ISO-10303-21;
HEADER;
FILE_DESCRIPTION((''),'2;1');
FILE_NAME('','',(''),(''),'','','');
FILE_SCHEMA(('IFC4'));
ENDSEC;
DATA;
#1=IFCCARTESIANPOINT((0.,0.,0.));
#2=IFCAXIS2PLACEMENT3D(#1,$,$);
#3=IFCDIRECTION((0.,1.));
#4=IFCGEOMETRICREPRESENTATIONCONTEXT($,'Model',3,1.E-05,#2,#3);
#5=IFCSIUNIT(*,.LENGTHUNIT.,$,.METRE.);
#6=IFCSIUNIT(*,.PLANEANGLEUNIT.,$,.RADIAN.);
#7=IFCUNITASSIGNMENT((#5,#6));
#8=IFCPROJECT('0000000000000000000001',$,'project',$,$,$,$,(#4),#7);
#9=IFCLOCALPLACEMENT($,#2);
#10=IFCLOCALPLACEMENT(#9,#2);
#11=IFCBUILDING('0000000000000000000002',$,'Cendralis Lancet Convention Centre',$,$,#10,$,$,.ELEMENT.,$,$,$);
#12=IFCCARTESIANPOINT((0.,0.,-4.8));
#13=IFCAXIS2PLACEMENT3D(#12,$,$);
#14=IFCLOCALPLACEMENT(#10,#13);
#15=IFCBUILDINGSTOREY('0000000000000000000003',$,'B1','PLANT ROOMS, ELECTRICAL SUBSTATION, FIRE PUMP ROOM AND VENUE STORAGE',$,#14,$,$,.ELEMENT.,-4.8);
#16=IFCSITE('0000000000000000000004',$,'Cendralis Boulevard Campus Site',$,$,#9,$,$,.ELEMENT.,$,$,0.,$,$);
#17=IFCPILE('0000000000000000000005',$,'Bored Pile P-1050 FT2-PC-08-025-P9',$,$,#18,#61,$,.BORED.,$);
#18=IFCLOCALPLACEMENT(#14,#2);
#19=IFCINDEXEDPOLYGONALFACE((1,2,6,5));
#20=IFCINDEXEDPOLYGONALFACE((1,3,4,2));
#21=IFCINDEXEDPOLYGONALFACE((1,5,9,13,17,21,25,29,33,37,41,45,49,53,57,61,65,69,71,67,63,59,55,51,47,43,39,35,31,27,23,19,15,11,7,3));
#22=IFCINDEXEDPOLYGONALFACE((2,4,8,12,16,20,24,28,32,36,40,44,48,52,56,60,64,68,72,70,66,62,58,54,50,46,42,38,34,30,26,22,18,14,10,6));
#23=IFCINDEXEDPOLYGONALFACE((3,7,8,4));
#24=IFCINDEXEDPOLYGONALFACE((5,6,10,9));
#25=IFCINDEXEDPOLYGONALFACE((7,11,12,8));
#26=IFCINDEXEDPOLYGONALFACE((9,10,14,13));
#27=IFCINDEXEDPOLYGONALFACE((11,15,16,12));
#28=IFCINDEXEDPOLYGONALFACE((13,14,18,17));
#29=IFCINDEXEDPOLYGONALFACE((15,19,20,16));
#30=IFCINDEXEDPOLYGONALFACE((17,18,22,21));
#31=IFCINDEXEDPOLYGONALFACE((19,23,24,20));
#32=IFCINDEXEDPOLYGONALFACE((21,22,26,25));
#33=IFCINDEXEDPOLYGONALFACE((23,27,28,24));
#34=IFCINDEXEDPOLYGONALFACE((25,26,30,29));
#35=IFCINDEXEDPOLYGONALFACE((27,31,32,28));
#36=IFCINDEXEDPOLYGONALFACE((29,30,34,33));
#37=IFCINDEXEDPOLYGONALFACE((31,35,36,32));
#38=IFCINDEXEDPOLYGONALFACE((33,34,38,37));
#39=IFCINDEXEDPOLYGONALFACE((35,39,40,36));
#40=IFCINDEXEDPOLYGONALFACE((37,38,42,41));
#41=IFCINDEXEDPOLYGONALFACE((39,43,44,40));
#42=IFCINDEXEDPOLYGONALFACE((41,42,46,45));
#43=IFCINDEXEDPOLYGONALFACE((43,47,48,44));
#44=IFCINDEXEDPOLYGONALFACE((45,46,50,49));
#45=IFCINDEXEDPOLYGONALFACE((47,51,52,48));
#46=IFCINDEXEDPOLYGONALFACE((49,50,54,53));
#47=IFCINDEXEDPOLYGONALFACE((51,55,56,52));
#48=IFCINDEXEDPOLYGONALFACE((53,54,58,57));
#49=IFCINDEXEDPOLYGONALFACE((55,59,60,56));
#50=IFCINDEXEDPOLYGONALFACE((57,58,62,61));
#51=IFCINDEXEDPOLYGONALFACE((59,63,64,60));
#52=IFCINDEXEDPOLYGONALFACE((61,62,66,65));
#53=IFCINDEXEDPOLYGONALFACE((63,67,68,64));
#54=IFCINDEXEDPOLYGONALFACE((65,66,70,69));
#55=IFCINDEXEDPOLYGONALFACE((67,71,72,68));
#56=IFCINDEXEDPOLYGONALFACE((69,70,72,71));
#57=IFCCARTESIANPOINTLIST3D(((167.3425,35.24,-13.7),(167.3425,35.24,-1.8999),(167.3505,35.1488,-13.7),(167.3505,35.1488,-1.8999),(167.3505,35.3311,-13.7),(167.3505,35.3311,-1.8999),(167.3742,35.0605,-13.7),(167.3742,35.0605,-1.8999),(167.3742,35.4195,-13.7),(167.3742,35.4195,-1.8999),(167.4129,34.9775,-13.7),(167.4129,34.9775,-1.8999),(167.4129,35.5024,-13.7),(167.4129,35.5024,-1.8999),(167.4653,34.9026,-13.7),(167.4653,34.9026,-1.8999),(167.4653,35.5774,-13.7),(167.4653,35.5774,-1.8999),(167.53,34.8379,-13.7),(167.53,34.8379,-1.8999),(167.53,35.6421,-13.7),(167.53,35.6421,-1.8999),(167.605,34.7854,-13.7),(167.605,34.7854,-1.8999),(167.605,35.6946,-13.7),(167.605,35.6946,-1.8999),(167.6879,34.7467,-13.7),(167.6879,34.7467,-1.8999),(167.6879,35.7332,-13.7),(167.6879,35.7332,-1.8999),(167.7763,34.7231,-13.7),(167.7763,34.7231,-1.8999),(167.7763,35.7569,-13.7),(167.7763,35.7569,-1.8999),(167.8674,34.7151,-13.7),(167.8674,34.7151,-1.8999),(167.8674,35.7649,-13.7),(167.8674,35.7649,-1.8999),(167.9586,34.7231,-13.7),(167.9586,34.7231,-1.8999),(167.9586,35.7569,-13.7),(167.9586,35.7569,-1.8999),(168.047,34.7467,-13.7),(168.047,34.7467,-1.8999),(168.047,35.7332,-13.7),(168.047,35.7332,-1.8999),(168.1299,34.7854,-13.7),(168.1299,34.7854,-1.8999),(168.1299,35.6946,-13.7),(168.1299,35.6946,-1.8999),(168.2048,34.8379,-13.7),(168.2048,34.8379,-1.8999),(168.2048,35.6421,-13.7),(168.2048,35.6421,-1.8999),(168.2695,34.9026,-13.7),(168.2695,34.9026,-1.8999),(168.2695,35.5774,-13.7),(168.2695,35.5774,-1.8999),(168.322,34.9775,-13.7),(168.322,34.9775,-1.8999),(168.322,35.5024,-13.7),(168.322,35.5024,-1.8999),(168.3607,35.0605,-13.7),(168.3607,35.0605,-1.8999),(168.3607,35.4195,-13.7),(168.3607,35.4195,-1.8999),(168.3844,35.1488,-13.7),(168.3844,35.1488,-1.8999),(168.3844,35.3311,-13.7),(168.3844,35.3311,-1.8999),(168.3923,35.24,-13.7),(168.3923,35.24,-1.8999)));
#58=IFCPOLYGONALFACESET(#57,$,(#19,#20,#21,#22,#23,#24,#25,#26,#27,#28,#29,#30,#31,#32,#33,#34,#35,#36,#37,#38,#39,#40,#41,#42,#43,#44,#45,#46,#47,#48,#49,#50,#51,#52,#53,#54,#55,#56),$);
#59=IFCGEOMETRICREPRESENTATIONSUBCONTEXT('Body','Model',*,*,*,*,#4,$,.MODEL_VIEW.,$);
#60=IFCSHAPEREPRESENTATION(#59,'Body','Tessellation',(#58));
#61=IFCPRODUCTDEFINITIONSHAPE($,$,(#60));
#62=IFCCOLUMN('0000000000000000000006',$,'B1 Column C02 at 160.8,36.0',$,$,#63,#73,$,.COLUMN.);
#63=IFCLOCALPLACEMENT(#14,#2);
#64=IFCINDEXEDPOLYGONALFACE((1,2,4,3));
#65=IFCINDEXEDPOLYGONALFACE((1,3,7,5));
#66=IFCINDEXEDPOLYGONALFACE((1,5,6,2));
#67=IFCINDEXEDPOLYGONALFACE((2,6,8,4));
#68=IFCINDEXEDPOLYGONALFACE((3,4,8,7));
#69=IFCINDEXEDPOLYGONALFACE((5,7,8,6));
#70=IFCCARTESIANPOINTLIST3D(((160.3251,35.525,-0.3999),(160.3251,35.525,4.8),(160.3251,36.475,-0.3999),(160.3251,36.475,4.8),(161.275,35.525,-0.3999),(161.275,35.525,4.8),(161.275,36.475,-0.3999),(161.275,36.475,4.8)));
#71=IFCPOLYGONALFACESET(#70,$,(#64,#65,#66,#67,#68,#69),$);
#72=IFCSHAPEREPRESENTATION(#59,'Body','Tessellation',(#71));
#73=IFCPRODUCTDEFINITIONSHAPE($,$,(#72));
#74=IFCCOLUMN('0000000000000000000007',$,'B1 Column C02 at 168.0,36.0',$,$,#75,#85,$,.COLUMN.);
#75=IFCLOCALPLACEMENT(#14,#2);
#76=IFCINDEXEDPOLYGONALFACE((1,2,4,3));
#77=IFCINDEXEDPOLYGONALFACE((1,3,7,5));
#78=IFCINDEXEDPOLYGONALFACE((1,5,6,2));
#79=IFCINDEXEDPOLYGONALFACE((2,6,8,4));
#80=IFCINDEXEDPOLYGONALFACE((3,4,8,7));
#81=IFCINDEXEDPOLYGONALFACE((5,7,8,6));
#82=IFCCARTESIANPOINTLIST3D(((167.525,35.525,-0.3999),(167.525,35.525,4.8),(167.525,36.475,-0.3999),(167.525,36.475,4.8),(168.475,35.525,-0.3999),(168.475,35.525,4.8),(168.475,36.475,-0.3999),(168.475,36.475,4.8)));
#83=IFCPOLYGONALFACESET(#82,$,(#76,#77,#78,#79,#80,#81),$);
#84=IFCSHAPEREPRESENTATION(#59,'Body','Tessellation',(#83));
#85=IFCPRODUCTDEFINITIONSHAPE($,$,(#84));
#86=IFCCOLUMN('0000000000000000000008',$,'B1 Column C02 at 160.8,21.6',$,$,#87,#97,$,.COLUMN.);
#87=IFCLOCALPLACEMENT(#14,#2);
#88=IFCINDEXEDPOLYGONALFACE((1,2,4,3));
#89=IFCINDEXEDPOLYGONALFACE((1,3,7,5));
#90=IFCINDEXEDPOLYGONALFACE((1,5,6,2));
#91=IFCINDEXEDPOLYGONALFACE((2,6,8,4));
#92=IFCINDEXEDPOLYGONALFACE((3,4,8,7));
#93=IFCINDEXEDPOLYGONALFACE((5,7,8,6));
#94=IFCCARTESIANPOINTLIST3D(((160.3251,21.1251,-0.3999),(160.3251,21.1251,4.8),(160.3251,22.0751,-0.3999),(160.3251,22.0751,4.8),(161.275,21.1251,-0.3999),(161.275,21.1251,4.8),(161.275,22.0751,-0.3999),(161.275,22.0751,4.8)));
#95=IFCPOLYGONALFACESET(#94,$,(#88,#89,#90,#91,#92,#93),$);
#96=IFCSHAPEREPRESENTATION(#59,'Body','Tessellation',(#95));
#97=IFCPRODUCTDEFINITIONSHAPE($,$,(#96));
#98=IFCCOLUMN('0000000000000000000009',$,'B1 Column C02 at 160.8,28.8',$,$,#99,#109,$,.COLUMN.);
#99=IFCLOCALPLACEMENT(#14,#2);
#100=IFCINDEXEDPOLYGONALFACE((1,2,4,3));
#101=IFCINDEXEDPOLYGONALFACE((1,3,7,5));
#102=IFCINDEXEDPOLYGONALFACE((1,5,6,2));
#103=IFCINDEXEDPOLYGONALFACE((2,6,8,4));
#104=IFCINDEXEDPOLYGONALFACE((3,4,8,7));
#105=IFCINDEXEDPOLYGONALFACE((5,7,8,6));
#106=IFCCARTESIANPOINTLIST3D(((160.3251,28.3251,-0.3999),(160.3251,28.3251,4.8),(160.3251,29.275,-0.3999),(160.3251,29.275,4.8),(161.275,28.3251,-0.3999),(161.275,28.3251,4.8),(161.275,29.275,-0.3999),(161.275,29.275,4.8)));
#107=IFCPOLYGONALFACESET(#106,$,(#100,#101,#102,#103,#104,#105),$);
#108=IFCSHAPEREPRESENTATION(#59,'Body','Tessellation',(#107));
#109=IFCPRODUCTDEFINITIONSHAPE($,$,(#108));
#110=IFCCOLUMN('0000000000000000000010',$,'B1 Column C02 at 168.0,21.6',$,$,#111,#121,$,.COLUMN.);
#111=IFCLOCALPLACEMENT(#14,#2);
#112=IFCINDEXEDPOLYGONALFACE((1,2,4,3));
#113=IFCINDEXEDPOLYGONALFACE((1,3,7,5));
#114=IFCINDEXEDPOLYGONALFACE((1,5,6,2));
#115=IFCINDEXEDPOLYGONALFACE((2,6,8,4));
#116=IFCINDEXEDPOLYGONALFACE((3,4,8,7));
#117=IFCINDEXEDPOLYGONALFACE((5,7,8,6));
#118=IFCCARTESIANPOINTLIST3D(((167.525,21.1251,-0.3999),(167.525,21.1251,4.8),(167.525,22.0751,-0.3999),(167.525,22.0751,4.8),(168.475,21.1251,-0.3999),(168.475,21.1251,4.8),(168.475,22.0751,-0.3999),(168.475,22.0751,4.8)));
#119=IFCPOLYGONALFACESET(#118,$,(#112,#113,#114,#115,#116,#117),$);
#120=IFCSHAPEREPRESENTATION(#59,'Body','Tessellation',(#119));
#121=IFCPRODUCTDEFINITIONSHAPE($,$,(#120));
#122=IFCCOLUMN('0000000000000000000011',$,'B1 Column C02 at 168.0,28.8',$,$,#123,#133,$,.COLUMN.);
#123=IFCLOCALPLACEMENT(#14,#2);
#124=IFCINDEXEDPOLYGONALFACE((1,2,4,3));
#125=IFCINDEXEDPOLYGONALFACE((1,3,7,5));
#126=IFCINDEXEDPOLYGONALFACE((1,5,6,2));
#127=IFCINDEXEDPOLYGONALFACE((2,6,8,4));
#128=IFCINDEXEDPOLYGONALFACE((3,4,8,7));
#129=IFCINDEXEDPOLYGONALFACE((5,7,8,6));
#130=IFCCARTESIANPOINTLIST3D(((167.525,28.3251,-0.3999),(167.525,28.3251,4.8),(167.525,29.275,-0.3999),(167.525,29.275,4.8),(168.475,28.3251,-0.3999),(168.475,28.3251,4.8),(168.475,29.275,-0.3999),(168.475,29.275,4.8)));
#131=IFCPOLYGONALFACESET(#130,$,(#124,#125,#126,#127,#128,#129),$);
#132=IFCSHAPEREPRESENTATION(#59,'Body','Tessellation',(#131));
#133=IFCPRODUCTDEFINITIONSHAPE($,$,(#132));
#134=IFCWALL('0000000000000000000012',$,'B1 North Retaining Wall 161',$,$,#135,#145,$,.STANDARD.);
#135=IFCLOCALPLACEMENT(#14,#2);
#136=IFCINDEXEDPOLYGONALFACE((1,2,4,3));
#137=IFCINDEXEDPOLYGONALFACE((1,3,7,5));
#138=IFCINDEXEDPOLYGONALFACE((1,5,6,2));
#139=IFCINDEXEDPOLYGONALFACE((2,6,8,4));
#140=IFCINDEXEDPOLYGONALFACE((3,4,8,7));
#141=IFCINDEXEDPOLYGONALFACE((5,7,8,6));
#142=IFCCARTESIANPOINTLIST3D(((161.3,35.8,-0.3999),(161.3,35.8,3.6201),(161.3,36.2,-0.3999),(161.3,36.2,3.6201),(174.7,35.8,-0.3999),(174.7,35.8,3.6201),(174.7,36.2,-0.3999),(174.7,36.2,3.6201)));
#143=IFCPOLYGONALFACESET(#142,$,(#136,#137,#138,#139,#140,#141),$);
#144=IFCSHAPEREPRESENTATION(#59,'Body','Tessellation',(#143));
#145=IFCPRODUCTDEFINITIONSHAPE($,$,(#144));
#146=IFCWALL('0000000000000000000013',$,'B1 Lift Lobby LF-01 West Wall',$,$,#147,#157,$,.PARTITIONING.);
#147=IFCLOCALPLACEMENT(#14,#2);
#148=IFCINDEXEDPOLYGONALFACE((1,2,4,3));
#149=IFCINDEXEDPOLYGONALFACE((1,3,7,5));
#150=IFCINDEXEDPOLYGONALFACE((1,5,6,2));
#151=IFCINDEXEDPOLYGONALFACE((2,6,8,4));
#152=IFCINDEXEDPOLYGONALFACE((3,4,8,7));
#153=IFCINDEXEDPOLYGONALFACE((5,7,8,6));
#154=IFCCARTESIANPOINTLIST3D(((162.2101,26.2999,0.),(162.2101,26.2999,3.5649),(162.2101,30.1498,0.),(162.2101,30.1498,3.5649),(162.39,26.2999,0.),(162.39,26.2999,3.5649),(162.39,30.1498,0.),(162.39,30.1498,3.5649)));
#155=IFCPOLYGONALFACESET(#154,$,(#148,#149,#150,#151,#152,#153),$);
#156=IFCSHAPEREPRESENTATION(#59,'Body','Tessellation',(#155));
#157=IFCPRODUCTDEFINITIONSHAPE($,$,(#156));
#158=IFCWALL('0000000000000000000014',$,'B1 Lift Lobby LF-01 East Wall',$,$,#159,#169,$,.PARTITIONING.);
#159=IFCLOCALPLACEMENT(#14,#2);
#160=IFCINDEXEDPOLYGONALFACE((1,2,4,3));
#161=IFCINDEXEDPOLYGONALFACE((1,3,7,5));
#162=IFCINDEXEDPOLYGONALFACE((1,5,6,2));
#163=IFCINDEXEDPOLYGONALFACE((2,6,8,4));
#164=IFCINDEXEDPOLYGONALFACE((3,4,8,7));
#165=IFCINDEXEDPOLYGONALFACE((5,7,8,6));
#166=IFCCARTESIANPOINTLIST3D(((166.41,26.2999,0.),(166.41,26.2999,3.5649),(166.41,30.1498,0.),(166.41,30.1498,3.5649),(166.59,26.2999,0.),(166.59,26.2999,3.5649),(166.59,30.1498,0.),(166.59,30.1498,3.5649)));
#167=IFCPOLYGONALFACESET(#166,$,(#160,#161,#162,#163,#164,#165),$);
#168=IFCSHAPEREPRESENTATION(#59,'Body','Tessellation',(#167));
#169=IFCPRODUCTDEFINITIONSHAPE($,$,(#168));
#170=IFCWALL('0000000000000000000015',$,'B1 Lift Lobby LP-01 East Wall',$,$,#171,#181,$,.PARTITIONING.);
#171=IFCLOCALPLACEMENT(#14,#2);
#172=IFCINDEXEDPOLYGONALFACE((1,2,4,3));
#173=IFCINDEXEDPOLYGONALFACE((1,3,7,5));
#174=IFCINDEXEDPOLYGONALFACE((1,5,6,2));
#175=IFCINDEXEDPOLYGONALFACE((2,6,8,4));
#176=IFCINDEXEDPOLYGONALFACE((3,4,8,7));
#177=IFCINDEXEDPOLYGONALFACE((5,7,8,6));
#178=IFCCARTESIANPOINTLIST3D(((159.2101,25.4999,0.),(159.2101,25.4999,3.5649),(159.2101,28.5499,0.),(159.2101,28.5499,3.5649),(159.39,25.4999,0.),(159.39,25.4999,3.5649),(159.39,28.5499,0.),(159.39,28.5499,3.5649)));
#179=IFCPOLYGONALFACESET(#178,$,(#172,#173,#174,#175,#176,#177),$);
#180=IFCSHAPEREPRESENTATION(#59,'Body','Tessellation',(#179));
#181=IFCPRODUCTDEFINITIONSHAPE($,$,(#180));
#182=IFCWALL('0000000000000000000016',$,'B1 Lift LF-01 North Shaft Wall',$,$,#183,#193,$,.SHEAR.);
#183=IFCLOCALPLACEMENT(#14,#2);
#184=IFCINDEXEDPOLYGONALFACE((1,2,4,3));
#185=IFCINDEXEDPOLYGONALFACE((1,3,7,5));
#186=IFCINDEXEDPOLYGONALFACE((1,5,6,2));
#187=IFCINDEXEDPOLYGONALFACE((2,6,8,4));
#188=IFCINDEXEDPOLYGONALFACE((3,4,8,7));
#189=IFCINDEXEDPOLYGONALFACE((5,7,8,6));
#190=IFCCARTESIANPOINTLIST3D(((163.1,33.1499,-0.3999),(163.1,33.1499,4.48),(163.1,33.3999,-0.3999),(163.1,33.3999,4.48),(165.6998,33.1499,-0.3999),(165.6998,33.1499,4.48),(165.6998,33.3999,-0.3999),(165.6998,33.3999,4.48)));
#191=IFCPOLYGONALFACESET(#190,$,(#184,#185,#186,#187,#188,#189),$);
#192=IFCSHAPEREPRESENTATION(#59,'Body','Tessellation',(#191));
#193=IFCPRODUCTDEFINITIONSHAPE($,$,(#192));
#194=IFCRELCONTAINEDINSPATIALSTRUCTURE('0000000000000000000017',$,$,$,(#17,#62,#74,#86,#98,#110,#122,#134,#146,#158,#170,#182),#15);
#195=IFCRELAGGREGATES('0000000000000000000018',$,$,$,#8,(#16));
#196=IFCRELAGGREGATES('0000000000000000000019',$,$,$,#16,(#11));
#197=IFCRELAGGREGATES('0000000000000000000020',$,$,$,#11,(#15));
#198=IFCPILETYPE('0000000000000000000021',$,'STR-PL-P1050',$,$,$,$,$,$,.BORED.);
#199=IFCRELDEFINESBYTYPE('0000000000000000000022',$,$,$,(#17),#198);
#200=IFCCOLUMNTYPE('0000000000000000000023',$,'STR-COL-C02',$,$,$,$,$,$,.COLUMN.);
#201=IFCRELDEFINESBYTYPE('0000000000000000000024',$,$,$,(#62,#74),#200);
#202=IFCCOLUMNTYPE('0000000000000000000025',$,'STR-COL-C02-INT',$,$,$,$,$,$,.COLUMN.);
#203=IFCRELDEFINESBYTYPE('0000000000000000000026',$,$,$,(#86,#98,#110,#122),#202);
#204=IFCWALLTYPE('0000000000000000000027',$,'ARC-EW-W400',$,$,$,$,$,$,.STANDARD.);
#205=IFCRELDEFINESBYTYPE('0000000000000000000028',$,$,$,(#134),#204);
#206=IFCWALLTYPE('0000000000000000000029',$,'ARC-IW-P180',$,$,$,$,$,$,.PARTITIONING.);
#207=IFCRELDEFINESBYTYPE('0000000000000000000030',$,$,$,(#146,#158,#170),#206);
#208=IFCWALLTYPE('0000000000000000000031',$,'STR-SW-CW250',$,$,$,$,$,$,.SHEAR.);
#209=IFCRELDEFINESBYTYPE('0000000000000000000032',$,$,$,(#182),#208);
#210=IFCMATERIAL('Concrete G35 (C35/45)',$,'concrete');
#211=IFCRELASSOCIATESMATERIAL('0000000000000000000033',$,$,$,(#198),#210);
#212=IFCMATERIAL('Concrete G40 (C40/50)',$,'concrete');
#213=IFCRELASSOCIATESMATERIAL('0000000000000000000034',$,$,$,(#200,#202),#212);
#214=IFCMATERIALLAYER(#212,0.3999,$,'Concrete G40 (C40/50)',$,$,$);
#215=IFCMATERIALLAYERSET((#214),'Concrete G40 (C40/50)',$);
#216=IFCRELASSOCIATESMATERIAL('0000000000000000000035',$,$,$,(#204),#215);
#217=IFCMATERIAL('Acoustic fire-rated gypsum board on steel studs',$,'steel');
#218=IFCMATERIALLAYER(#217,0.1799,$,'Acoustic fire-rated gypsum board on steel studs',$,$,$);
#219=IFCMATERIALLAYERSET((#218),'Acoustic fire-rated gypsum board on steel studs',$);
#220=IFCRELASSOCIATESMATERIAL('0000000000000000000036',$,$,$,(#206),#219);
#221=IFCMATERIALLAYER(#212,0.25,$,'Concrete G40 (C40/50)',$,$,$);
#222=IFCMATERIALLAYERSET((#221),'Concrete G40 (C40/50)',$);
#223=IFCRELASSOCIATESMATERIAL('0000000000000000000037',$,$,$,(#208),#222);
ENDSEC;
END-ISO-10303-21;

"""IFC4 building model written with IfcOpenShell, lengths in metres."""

from ifc_helpers import new_model, si_unit, direction, frame, frame_2d, origin, origin_2d, place, context, subcontext, project, spatial, rectangle, circle, extrude, material, layer, layer_set, material_profile, profile_set, type_object, element, save


model = new_model("IFC4")

# Units and contexts
model_context = context("Model", 3, precision=1e-05, world=origin(), true_north=direction((0.0, 1.0)))
body_context = subcontext(model_context, "Body", "Model", "MODEL_VIEW")
ifc_project = project(units=[si_unit("LENGTHUNIT", "METRE"), si_unit("PLANEANGLEUNIT", "RADIAN")], contexts=[model_context])

# Site, building, storey
site_placement = place(None, origin())
site = spatial("IfcSite", under=ifc_project, at=site_placement, Name="Cendralis Boulevard Campus Site", CompositionType="ELEMENT", RefElevation=0.0)
building_placement = place(site_placement, origin())
building = spatial("IfcBuilding", under=site, at=building_placement, Name="Cendralis Lancet Convention Centre", CompositionType="ELEMENT")
storey_placement = place(building_placement, frame((0.0, 0.0, -4.8)))
storey = spatial("IfcBuildingStorey", under=building, at=storey_placement, Name="B1", Description="PLANT ROOMS, ELECTRICAL SUBSTATION, FIRE PUMP ROOM AND VENUE STORAGE", CompositionType="ELEMENT", Elevation=-4.8)

# Pile
ifc_material_1 = material(Name="Concrete G35 (C35/45)", Category="concrete")
ifc_material_profile_1 = material_profile(ifc_material_1, circle(Radius=0.5249, at=origin_2d()), Name="BORED PILE D1050")
ifc_profile_set_1 = profile_set([ifc_material_profile_1], Name="Concrete G35 (C35/45)")
pile_type = type_object("IfcPileType", Name="STR-PL-P1050", PredefinedType="BORED", material=ifc_profile_set_1)
for number, where, z_axis, x_axis, name in (
    (1, (167.8674, 35.24, -1.8999), (0.0, 0.0, -1.0), (1.0, 0.0, 0.0), "Bored Pile P-1050 FT2-PC-08-025-P9"),
):
    element("IfcPile", number, at=place(storey_placement, frame(where, z_axis=z_axis, x_axis=x_axis)), inside=storey, type_object=pile_type, Name=name, PredefinedType="BORED", context=body_context, shape_type="SweptSolid", body=[
        extrude(circle(Radius=0.5249, at=origin_2d()), origin(), (0.0, 0.0, 1.0), 11.8),
    ])

# Columns
ifc_material_2 = material(Name="Concrete G40 (C40/50)", Category="concrete")
ifc_material_profile_2 = material_profile(ifc_material_2, rectangle(XDim=0.95, YDim=0.95, at=origin_2d()), Name="RC 950x950")
ifc_profile_set_2 = profile_set([ifc_material_profile_2], Name="Concrete G40 (C40/50)")
column_type_1 = type_object("IfcColumnType", Name="STR-COL-C02", PredefinedType="COLUMN", material=ifc_profile_set_2)
for number, where, z_axis, x_axis, name in (
    (2, (160.8, 36.0, -0.3999), (0.0, 0.0, 1.0), (1.0, 0.0, 0.0), "B1 Column C02 at 160.8,36.0"),
    (3, (168.0, 36.0, -0.3999), (0.0, 0.0, 1.0), (1.0, 0.0, 0.0), "B1 Column C02 at 168.0,36.0"),
):
    element("IfcColumn", number, at=place(storey_placement, frame(where, z_axis=z_axis, x_axis=x_axis)), inside=storey, type_object=column_type_1, Name=name, PredefinedType="COLUMN", context=body_context, shape_type="SweptSolid", body=[
        extrude(rectangle(XDim=0.95, YDim=0.95, at=origin_2d()), origin(), (0.0, 0.0, 1.0), 5.2),
    ])
ifc_material_profile_3 = material_profile(ifc_material_2, rectangle(XDim=0.95, YDim=0.95, at=origin_2d()), Name="RC 950x950")
ifc_profile_set_3 = profile_set([ifc_material_profile_3], Name="Concrete G40 (C40/50)")
column_type_2 = type_object("IfcColumnType", Name="STR-COL-C02-INT", PredefinedType="COLUMN", material=ifc_profile_set_3)
for number, where, z_axis, x_axis, name in (
    (4, (160.8, 21.6001, -0.3999), (0.0, 0.0, 1.0), (1.0, 0.0, 0.0), "B1 Column C02 at 160.8,21.6"),
    (5, (160.8, 28.8, -0.3999), (0.0, 0.0, 1.0), (1.0, 0.0, 0.0), "B1 Column C02 at 160.8,28.8"),
    (6, (168.0, 21.6001, -0.3999), (0.0, 0.0, 1.0), (1.0, 0.0, 0.0), "B1 Column C02 at 168.0,21.6"),
    (7, (168.0, 28.8, -0.3999), (0.0, 0.0, 1.0), (1.0, 0.0, 0.0), "B1 Column C02 at 168.0,28.8"),
):
    element("IfcColumn", number, at=place(storey_placement, frame(where, z_axis=z_axis, x_axis=x_axis)), inside=storey, type_object=column_type_2, Name=name, PredefinedType="COLUMN", context=body_context, shape_type="SweptSolid", body=[
        extrude(rectangle(XDim=0.95, YDim=0.95, at=origin_2d()), origin(), (0.0, 0.0, 1.0), 5.2),
    ])

# Wall
ifc_layer_1 = layer(ifc_material_2, 0.3999, Name="Concrete G40 (C40/50)")
ifc_layer_set_1 = layer_set([ifc_layer_1], Name="Concrete G40 (C40/50)")
wall_type_1 = type_object("IfcWallType", Name="ARC-EW-W400", PredefinedType="STANDARD", material=ifc_layer_set_1)
wall_1_placement = place(storey_placement, frame((161.3, 36.0, -0.3999), z_axis=(0.0, 0.0, 1.0), x_axis=(1.0, 0.0, 0.0)))
element("IfcWall", 8, at=wall_1_placement, inside=storey, type_object=wall_type_1, Name="B1 North Retaining Wall 161", PredefinedType="STANDARD", context=body_context, shape_type="SweptSolid", body=[
    extrude(rectangle(XDim=13.3999, YDim=0.3999, at=frame_2d((6.7, 0.0))), origin(), (0.0, 0.0, 1.0), 4.02),
])

# Shared definitions
ifc_material_3 = material(Name="Acoustic fire-rated gypsum board on steel studs", Category="steel")
ifc_layer_2 = layer(ifc_material_3, 0.1799, Name="Acoustic fire-rated gypsum board on steel studs")
ifc_layer_set_2 = layer_set([ifc_layer_2], Name="Acoustic fire-rated gypsum board on steel studs")
wall_type_2 = type_object("IfcWallType", Name="ARC-IW-P180", PredefinedType="PARTITIONING", material=ifc_layer_set_2)

# Walls
for number, where, z_axis, x_axis, name in (
    (9, (162.3, 26.3, 0.0), (0.0, 0.0, 1.0), (0.0, 1.0, 0.0), "B1 Lift Lobby LF-01 West Wall"),
    (10, (166.5, 26.3, 0.0), (0.0, 0.0, 1.0), (0.0, 1.0, 0.0), "B1 Lift Lobby LF-01 East Wall"),
):
    element("IfcWall", number, at=place(storey_placement, frame(where, z_axis=z_axis, x_axis=x_axis)), inside=storey, type_object=wall_type_2, Name=name, PredefinedType="PARTITIONING", context=body_context, shape_type="SweptSolid", body=[
        extrude(rectangle(XDim=3.8499, YDim=0.1799, at=frame_2d((1.9248, 0.0))), origin(), (0.0, 0.0, 1.0), 3.5649),
    ])
wall_2_placement = place(storey_placement, frame((159.3, 25.5, 0.0), z_axis=(0.0, 0.0, 1.0), x_axis=(0.0, 1.0, 0.0)))
element("IfcWall", 11, at=wall_2_placement, inside=storey, type_object=wall_type_2, Name="B1 Lift Lobby LP-01 East Wall", PredefinedType="PARTITIONING", context=body_context, shape_type="SweptSolid", body=[
    extrude(rectangle(XDim=3.05, YDim=0.1799, at=frame_2d((1.5249, 0.0))), origin(), (0.0, 0.0, 1.0), 3.5649),
])

# Shared definitions
ifc_layer_3 = layer(ifc_material_2, 0.25, Name="Concrete G40 (C40/50)")
ifc_layer_set_3 = layer_set([ifc_layer_3], Name="Concrete G40 (C40/50)")
wall_type_3 = type_object("IfcWallType", Name="STR-SW-CW250", PredefinedType="SHEAR", material=ifc_layer_set_3)

# Wall
wall_3_placement = place(storey_placement, frame((163.1001, 33.2749, -0.3999), z_axis=(0.0, 0.0, 1.0), x_axis=(1.0, 0.0, 0.0)))
element("IfcWall", 12, at=wall_3_placement, inside=storey, type_object=wall_type_3, Name="B1 Lift LF-01 North Shaft Wall", PredefinedType="SHEAR", context=body_context, shape_type="SweptSolid", body=[
    extrude(rectangle(XDim=2.5999, YDim=0.25, at=frame_2d((1.2998, 0.0))), origin(), (0.0, 0.0, 1.0), 4.8799),
])

save(model, "model.ifc")
